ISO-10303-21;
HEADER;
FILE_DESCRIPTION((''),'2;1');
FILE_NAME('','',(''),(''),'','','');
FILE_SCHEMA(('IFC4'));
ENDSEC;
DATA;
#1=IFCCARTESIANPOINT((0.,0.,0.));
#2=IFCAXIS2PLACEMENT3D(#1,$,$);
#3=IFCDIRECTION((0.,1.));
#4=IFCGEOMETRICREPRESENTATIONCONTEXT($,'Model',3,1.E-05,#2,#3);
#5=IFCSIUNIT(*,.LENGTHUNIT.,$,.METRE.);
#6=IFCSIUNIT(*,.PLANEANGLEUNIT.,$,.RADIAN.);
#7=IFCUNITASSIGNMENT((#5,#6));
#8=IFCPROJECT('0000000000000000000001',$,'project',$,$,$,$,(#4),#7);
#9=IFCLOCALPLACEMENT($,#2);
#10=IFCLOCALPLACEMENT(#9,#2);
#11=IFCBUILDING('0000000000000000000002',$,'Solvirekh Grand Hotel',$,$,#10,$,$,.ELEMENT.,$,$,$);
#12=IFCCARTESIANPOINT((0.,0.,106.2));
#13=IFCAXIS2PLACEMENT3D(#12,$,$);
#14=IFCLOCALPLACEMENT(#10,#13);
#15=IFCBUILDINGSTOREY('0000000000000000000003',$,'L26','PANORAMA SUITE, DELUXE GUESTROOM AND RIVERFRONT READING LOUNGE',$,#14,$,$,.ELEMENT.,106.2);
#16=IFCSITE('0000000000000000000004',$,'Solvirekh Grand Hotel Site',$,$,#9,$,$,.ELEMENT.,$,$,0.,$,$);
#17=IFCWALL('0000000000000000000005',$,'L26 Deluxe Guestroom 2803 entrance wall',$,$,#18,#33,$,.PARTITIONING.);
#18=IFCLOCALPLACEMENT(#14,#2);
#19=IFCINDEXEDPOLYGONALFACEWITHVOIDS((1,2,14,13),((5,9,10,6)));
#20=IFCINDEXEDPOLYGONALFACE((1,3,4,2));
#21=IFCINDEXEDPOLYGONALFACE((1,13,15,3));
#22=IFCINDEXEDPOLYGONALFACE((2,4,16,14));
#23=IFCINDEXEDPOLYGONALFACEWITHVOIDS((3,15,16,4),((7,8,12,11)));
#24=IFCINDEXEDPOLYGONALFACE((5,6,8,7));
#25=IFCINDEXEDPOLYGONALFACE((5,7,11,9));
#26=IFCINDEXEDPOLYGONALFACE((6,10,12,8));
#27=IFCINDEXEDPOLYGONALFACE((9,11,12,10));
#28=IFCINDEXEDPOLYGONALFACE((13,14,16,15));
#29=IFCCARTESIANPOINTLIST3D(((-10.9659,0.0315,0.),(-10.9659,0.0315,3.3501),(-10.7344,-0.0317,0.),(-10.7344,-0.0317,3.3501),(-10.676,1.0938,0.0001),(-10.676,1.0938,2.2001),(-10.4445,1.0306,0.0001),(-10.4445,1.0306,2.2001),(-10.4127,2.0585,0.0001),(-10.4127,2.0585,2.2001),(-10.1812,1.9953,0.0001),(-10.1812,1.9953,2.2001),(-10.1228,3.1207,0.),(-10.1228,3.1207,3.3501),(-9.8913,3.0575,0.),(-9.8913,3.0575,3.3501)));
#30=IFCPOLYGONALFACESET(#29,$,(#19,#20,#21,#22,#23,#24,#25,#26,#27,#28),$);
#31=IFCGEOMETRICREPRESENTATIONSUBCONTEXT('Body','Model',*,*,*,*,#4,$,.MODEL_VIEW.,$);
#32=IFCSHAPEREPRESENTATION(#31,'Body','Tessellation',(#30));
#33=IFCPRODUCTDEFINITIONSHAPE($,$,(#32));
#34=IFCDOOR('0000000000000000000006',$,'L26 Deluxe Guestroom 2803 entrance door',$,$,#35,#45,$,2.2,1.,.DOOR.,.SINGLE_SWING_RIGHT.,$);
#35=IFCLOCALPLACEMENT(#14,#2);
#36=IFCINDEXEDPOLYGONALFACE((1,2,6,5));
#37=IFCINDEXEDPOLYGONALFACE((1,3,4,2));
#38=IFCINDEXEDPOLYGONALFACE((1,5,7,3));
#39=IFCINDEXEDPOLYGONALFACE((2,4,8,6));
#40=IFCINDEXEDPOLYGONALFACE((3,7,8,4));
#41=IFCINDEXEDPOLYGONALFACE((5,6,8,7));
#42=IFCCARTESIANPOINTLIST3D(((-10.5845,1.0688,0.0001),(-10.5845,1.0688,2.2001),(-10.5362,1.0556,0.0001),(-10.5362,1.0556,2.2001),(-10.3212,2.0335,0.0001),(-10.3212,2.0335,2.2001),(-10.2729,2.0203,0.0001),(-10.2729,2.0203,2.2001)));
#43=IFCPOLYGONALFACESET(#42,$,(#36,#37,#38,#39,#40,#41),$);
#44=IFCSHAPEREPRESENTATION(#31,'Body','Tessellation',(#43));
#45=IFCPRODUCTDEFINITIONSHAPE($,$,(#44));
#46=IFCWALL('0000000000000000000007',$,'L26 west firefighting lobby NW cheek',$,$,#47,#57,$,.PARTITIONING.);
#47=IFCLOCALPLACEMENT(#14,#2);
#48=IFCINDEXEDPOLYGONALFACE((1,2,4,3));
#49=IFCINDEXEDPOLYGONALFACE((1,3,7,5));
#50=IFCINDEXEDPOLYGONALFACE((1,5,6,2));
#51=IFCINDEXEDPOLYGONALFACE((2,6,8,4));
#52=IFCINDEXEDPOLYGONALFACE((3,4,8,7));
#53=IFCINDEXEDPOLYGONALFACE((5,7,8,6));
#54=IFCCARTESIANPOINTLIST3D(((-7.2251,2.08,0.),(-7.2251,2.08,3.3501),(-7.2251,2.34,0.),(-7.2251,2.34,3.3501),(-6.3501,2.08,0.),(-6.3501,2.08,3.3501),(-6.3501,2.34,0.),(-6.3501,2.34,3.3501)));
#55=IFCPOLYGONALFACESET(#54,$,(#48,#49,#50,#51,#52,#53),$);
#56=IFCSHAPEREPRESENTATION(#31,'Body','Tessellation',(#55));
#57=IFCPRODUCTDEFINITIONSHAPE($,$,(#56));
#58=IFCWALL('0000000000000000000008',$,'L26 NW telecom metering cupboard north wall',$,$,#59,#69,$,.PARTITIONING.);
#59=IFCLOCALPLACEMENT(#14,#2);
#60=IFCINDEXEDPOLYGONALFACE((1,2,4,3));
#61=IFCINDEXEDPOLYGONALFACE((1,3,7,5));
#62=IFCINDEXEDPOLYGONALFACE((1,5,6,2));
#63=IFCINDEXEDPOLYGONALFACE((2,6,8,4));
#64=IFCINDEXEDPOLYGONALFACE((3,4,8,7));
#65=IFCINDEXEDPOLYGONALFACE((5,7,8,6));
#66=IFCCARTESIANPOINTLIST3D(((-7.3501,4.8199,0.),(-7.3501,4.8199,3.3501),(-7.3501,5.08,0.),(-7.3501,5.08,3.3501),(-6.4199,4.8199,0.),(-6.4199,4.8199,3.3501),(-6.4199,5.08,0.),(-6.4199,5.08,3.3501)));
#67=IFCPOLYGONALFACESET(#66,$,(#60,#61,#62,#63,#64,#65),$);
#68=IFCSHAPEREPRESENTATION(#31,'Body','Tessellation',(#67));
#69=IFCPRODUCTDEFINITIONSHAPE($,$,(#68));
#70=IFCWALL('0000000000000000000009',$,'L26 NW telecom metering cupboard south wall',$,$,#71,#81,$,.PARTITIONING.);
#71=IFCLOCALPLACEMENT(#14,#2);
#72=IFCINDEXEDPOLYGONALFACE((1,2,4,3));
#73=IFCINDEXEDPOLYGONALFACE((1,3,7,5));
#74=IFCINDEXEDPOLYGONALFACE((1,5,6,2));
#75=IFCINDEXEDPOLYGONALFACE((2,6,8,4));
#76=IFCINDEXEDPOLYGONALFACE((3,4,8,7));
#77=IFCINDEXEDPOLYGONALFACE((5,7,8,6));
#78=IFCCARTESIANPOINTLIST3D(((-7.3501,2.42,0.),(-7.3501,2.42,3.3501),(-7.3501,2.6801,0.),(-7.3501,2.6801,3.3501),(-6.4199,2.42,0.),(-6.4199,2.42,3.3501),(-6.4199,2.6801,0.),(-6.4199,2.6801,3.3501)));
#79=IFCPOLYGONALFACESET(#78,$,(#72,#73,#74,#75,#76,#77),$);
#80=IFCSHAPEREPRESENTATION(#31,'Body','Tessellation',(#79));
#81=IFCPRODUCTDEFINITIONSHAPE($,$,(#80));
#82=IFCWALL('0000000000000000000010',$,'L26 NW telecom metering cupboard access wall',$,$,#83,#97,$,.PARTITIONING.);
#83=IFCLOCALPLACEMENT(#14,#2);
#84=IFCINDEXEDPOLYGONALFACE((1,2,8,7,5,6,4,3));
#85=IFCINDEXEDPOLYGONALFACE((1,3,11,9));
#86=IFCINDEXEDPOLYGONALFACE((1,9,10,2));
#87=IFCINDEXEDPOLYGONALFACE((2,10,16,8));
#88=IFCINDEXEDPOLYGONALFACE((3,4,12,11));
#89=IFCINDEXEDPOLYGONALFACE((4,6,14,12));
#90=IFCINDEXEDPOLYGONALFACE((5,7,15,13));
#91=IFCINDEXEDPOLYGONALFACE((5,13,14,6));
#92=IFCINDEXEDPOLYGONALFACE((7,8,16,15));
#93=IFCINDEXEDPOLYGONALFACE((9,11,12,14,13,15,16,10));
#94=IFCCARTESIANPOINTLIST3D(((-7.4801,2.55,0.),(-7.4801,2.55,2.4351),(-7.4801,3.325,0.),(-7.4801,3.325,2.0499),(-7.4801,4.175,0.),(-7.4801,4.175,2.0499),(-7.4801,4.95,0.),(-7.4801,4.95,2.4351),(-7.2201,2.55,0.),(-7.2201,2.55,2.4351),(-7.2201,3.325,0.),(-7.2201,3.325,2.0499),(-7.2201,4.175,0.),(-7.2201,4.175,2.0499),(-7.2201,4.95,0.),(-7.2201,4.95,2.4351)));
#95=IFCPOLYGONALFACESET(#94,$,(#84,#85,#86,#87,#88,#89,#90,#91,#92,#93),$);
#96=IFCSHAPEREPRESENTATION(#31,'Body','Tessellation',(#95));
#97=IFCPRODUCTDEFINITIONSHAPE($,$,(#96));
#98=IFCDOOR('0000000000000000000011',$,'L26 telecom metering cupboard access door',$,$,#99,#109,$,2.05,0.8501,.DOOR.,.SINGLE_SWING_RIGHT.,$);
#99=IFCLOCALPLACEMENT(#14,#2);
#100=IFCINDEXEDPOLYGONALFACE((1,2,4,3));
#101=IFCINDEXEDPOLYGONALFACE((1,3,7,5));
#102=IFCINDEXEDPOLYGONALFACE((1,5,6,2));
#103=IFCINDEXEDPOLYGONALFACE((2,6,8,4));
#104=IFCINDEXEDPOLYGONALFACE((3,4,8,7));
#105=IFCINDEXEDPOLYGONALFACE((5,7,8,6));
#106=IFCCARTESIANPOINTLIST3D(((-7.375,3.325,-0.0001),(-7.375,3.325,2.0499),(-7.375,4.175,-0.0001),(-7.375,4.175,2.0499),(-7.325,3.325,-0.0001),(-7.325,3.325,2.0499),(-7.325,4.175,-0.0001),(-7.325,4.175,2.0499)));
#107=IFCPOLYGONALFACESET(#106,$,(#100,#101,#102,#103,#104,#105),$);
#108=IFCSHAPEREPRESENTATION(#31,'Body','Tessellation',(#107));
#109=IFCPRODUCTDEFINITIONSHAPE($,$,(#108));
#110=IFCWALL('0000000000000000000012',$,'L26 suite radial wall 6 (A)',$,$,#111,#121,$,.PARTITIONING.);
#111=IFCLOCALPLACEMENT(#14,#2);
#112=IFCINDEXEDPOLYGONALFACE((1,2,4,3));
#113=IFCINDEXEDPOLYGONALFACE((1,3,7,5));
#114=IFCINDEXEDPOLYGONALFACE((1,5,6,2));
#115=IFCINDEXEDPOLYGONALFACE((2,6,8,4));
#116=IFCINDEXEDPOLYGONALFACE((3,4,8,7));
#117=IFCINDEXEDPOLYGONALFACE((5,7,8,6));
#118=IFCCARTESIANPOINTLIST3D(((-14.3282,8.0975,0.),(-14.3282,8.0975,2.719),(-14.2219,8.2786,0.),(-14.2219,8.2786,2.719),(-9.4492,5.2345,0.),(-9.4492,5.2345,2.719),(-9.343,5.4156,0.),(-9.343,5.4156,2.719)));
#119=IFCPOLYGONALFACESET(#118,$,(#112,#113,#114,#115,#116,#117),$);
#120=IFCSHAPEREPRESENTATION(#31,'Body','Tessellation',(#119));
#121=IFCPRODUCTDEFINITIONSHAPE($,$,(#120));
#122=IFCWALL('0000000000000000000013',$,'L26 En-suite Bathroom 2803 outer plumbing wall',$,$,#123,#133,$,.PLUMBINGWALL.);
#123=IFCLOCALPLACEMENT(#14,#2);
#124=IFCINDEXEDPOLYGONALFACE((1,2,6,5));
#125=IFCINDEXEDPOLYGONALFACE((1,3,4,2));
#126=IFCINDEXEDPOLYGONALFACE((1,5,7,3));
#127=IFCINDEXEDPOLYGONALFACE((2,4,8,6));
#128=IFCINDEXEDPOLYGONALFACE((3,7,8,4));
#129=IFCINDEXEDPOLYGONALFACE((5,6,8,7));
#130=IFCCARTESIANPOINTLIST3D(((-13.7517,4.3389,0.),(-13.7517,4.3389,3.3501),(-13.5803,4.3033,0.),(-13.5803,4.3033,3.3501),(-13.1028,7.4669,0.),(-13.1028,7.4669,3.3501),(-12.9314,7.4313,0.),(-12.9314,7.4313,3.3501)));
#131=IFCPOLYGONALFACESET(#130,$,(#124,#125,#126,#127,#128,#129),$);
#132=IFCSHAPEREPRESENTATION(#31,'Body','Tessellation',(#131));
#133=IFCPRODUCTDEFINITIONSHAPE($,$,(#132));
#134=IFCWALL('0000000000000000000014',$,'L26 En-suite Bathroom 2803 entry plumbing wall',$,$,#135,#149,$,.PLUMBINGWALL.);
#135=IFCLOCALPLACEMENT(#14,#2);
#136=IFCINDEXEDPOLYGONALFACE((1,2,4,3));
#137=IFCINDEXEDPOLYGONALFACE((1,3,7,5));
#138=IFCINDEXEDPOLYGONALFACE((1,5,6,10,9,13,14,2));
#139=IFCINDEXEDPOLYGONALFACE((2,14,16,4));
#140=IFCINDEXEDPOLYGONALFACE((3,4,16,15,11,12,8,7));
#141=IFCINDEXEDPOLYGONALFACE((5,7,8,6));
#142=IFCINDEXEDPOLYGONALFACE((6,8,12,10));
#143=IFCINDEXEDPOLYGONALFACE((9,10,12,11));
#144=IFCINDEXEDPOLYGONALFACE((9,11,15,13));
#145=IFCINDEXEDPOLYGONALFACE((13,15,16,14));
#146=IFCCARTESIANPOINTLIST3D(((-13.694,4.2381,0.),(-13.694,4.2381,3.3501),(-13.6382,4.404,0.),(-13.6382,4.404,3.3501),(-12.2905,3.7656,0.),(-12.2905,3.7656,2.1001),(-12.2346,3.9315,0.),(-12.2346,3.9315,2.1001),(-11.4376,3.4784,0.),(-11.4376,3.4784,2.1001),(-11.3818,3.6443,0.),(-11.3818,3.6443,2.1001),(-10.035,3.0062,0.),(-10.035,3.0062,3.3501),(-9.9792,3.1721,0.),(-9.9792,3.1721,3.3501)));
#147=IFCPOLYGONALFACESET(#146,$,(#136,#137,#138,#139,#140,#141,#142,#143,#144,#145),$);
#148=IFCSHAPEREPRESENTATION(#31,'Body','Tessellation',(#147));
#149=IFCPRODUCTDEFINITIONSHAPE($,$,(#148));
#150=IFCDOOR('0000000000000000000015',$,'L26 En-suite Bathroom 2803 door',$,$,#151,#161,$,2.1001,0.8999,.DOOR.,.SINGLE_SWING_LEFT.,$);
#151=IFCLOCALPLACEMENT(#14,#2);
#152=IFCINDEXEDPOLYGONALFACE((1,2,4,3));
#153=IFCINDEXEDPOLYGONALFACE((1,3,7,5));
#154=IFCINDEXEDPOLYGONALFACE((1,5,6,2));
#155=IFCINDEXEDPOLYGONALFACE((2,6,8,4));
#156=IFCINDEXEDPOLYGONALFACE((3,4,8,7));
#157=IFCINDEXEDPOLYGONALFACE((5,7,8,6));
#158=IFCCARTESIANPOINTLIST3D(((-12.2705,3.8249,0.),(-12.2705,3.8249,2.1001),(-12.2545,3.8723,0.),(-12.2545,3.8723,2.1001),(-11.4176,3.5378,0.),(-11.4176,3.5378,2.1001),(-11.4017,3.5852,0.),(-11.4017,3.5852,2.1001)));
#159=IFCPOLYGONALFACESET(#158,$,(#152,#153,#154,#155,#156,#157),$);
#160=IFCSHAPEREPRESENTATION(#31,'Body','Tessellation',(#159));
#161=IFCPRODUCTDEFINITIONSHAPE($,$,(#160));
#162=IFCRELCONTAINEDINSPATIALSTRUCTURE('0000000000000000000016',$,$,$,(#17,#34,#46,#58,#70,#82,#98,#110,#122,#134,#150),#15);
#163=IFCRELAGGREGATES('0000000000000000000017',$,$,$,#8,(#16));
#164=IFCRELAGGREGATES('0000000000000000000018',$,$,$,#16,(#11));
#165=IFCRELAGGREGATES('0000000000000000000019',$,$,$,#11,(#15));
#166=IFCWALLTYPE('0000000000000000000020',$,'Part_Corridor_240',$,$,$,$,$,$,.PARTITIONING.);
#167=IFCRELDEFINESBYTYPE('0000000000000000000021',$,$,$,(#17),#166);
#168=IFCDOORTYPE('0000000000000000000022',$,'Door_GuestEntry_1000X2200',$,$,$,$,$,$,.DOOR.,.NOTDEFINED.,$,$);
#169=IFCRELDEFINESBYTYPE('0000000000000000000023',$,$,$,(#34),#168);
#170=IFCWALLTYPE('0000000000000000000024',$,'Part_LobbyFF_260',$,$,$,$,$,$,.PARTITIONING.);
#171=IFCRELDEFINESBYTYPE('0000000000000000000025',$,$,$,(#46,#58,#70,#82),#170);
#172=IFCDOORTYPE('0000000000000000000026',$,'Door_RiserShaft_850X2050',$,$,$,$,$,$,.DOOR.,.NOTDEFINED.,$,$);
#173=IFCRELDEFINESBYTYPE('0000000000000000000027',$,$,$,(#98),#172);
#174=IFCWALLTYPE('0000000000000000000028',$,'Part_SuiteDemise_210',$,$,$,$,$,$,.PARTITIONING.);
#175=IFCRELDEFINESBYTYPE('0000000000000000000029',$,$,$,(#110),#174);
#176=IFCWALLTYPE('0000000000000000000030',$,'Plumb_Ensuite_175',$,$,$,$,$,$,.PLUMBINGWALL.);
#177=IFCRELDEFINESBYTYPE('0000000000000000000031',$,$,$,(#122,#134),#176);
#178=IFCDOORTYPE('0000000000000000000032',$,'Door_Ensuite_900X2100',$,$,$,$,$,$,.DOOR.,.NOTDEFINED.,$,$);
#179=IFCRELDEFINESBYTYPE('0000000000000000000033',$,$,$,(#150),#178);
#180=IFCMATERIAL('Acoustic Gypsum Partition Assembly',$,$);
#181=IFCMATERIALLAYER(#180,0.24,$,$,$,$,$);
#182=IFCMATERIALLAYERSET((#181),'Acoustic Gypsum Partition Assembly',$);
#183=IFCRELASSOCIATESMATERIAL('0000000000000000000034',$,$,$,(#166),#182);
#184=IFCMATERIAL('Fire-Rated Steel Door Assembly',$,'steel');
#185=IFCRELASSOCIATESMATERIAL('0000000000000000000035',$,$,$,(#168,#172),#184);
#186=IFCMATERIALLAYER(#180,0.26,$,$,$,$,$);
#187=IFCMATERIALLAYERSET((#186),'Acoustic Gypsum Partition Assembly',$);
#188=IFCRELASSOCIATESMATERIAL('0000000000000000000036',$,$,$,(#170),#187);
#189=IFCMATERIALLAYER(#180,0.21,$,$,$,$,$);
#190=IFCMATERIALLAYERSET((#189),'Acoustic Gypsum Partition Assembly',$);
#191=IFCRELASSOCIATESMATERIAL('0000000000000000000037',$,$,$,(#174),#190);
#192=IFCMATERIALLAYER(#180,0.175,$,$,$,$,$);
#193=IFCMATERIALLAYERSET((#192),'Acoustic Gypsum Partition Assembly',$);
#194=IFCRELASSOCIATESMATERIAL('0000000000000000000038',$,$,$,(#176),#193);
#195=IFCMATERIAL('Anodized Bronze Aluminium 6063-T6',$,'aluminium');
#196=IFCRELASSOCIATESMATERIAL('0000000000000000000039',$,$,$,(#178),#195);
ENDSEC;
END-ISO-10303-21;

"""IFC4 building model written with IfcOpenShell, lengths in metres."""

from ifc_helpers import new_model, si_unit, direction, frame, frame_2d, origin, place, context, subcontext, project, spatial, rectangle, extrude, material, layer, layer_set, type_object, element, fill, save


model = new_model("IFC4")

# Units and contexts
model_context = context("Model", 3, precision=1e-05, world=origin(), true_north=direction((0.0, 1.0)))
body_context = subcontext(model_context, "Body", "Model", "MODEL_VIEW")
ifc_project = project(units=[si_unit("LENGTHUNIT", "METRE"), si_unit("PLANEANGLEUNIT", "RADIAN")], contexts=[model_context])

# Site, building, storey
site_placement = place(None, origin())
site = spatial("IfcSite", under=ifc_project, at=site_placement, Name="Solvirekh Grand Hotel Site", CompositionType="ELEMENT", RefElevation=0.0)
building_placement = place(site_placement, origin())
building = spatial("IfcBuilding", under=site, at=building_placement, Name="Solvirekh Grand Hotel", CompositionType="ELEMENT")
storey_placement = place(building_placement, frame((0.0, 0.0, 106.2)))
storey = spatial("IfcBuildingStorey", under=building, at=storey_placement, Name="L26", Description="PANORAMA SUITE, DELUXE GUESTROOM AND RIVERFRONT READING LOUNGE", CompositionType="ELEMENT", Elevation=106.2)

# Shared definitions
ifc_material_1 = material(Name="Anodized Bronze Aluminium 6063-T6", Category="aluminium")

# Shared definitions
ifc_material_2 = material(Name="Acoustic Gypsum Partition Assembly")
ifc_layer_1 = layer(ifc_material_2, 0.24)
ifc_layer_set_1 = layer_set([ifc_layer_1], Name="Acoustic Gypsum Partition Assembly")
wall_type_1 = type_object("IfcWallType", Name="Part_Corridor_240", PredefinedType="PARTITIONING", material=ifc_layer_set_1)

# Shared definitions
ifc_material_3 = material(Name="Fire-Rated Steel Door Assembly", Category="steel")
door_type_1 = type_object("IfcDoorType", Name="Door_GuestEntry_1000X2200", OperationType="NOTDEFINED", PredefinedType="DOOR", material=ifc_material_3)

# Wall, opening, door
wall_1_placement = place(storey_placement, frame((-10.0071, 3.0891, 0.0), z_axis=(0.0, 0.0, 1.0), x_axis=(-0.263272, -0.964722, 0.0)))
wall_1 = element("IfcWall", 1, at=wall_1_placement, inside=storey, type_object=wall_type_1, Name="L26 Deluxe Guestroom 2803 entrance wall", PredefinedType="PARTITIONING", context=body_context, shape_type="SweptSolid", body=[
    extrude(rectangle(XDim=3.2021, YDim=0.24, at=frame_2d((1.6011, 0.0))), origin(), (0.0, 0.0, 1.0), 3.3501),
])
opening_1_placement = place(wall_1_placement, frame((1.1011, 0.0, 0.0)))
opening_1 = element("IfcOpeningElement", 2, at=opening_1_placement, cuts=wall_1, PredefinedType="OPENING", context=body_context, shape_type="SweptSolid", body=[
    extrude(rectangle(XDim=1.0, YDim=2.2, at=frame_2d((0.5, 1.1001))), frame((0.0, 0.1299, 0.0), z_axis=(0.0, -1.0, 0.0), x_axis=(1.0, 0.0, 0.0)), (0.0, 0.0, 1.0), 0.26),
])
door_1_placement = place(opening_1_placement, origin())
door_1 = element("IfcDoor", 3, at=door_1_placement, inside=storey, type_object=door_type_1, Name="L26 Deluxe Guestroom 2803 entrance door", OperationType="SINGLE_SWING_RIGHT", OverallHeight=2.2, OverallWidth=1.0, PredefinedType="DOOR", context=body_context, shape_type="SweptSolid", body=[
    extrude(rectangle(XDim=1.0, YDim=2.2, at=frame_2d((0.5, 1.1001))), frame((0.0, 0.0249, 0.0), z_axis=(0.0, -1.0, 0.0), x_axis=(1.0, 0.0, 0.0)), (0.0, 0.0, 1.0), 0.05),
])
fill(opening_1, door_1)

# Walls
ifc_layer_2 = layer(ifc_material_2, 0.26)
ifc_layer_set_2 = layer_set([ifc_layer_2], Name="Acoustic Gypsum Partition Assembly")
wall_type_2 = type_object("IfcWallType", Name="Part_LobbyFF_260", PredefinedType="PARTITIONING", material=ifc_layer_set_2)
wall_2_placement = place(storey_placement, frame((-7.2251, 2.21, 0.0), z_axis=(0.0, 0.0, 1.0), x_axis=(1.0, 0.0, 0.0)))
element("IfcWall", 4, at=wall_2_placement, inside=storey, type_object=wall_type_2, Name="L26 west firefighting lobby NW cheek", PredefinedType="PARTITIONING", context=body_context, shape_type="SweptSolid", body=[
    extrude(rectangle(XDim=0.875, YDim=0.26, at=frame_2d((0.4375, 0.0))), origin(), (0.0, 0.0, 1.0), 3.3501),
])
for number, where, z_axis, x_axis, name in (
    (5, (-7.3501, 4.95, 0.0), (0.0, 0.0, 1.0), (1.0, 0.0, 0.0), "L26 NW telecom metering cupboard north wall"),
    (6, (-7.3501, 2.55, 0.0), (0.0, 0.0, 1.0), (1.0, 0.0, 0.0), "L26 NW telecom metering cupboard south wall"),
):
    element("IfcWall", number, at=place(storey_placement, frame(where, z_axis=z_axis, x_axis=x_axis)), inside=storey, type_object=wall_type_2, Name=name, PredefinedType="PARTITIONING", context=body_context, shape_type="SweptSolid", body=[
        extrude(rectangle(XDim=0.9302, YDim=0.26, at=frame_2d((0.4651, 0.0))), origin(), (0.0, 0.0, 1.0), 3.3501),
    ])

# Wall, opening, door
wall_3_placement = place(storey_placement, frame((-7.3501, 2.55, 0.0), z_axis=(0.0, 0.0, 1.0), x_axis=(0.0, 1.0, 0.0)))
wall_3 = element("IfcWall", 7, at=wall_3_placement, inside=storey, type_object=wall_type_2, Name="L26 NW telecom metering cupboard access wall", PredefinedType="PARTITIONING", context=body_context, shape_type="SweptSolid", body=[
    extrude(rectangle(XDim=2.3999, YDim=0.26, at=frame_2d((1.2, 0.0))), origin(), (0.0, 0.0, 1.0), 2.4351),
])
opening_2_placement = place(wall_3_placement, frame((0.7749, 0.0, 0.0)))
opening_2 = element("IfcOpeningElement", 8, at=opening_2_placement, cuts=wall_3, PredefinedType="OPENING", context=body_context, shape_type="SweptSolid", body=[
    extrude(rectangle(XDim=0.8501, YDim=2.05, at=frame_2d((0.425, 1.0249))), frame((0.0, 0.1401, 0.0), z_axis=(0.0, -1.0, 0.0), x_axis=(1.0, 0.0, 0.0)), (0.0, 0.0, 1.0), 0.28),
])
door_type_2 = type_object("IfcDoorType", Name="Door_RiserShaft_850X2050", OperationType="NOTDEFINED", PredefinedType="DOOR", material=ifc_material_3)
door_2_placement = place(opening_2_placement, origin())
door_2 = element("IfcDoor", 9, at=door_2_placement, inside=storey, type_object=door_type_2, Name="L26 telecom metering cupboard access door", OperationType="SINGLE_SWING_RIGHT", OverallHeight=2.05, OverallWidth=0.8501, PredefinedType="DOOR", context=body_context, shape_type="SweptSolid", body=[
    extrude(rectangle(XDim=0.8501, YDim=2.05, at=frame_2d((0.425, 1.0249))), frame((0.0, 0.0249, 0.0), z_axis=(0.0, -1.0, 0.0), x_axis=(1.0, 0.0, 0.0)), (0.0, 0.0, 1.0), 0.05),
])
fill(opening_2, door_2)

# Walls
ifc_layer_3 = layer(ifc_material_2, 0.21)
ifc_layer_set_3 = layer_set([ifc_layer_3], Name="Acoustic Gypsum Partition Assembly")
wall_type_3 = type_object("IfcWallType", Name="Part_SuiteDemise_210", PredefinedType="PARTITIONING", material=ifc_layer_set_3)
wall_4_placement = place(storey_placement, frame((-9.396, 5.325, 0.0), z_axis=(0.0, 0.0, 1.0), x_axis=(-0.862467, 0.506113, 0.0)))
element("IfcWall", 10, at=wall_4_placement, inside=storey, type_object=wall_type_3, Name="L26 suite radial wall 6 (A)", PredefinedType="PARTITIONING", context=body_context, shape_type="SweptSolid", body=[
    extrude(rectangle(XDim=5.657, YDim=0.21, at=frame_2d((2.8286, 0.0))), origin(), (0.0, 0.0, 1.0), 2.719),
])
ifc_layer_4 = layer(ifc_material_2, 0.175)
ifc_layer_set_4 = layer_set([ifc_layer_4], Name="Acoustic Gypsum Partition Assembly")
wall_type_4 = type_object("IfcWallType", Name="Plumb_Ensuite_175", PredefinedType="PLUMBINGWALL", material=ifc_layer_set_4)
wall_5_placement = place(storey_placement, frame((-13.0171, 7.449, 0.0), z_axis=(0.0, 0.0, 1.0), x_axis=(-0.203136, -0.97915, 0.0)))
element("IfcWall", 11, at=wall_5_placement, inside=storey, type_object=wall_type_4, Name="L26 En-suite Bathroom 2803 outer plumbing wall", PredefinedType="PLUMBINGWALL", context=body_context, shape_type="SweptSolid", body=[
    extrude(rectangle(XDim=3.1946, YDim=0.175, at=frame_2d((1.5972, 0.0))), origin(), (0.0, 0.0, 1.0), 3.3501),
])

# Wall, opening, door
wall_6_placement = place(storey_placement, frame((-10.0071, 3.0891, 0.0), z_axis=(0.0, 0.0, 1.0), x_axis=(-0.947724, 0.319091, 0.0)))
wall_6 = element("IfcWall", 12, at=wall_6_placement, inside=storey, type_object=wall_type_4, Name="L26 En-suite Bathroom 2803 entry plumbing wall", PredefinedType="PLUMBINGWALL", context=body_context, shape_type="SweptSolid", body=[
    extrude(rectangle(XDim=3.8608, YDim=0.175, at=frame_2d((1.9304, 0.0))), origin(), (0.0, 0.0, 1.0), 3.3501),
])
opening_3_placement = place(wall_6_placement, frame((1.48, 0.0, 0.0)))
opening_3 = element("IfcOpeningElement", 13, at=opening_3_placement, cuts=wall_6, PredefinedType="OPENING", context=body_context, shape_type="SweptSolid", body=[
    extrude(rectangle(XDim=0.8999, YDim=2.1001, at=frame_2d((0.45, 1.05))), frame((0.0, 0.0977, 0.0), z_axis=(0.0, -1.0, 0.0), x_axis=(1.0, 0.0, 0.0)), (0.0, 0.0, 1.0), 0.1951),
])
door_type_3 = type_object("IfcDoorType", Name="Door_Ensuite_900X2100", OperationType="NOTDEFINED", PredefinedType="DOOR", material=ifc_material_1)
door_3_placement = place(opening_3_placement, origin())
door_3 = element("IfcDoor", 14, at=door_3_placement, inside=storey, type_object=door_type_3, Name="L26 En-suite Bathroom 2803 door", OperationType="SINGLE_SWING_LEFT", OverallHeight=2.1001, OverallWidth=0.8999, PredefinedType="DOOR", context=body_context, shape_type="SweptSolid", body=[
    extrude(rectangle(XDim=0.8999, YDim=2.1001, at=frame_2d((0.45, 1.05))), frame((0.0, 0.0249, 0.0), z_axis=(0.0, -1.0, 0.0), x_axis=(1.0, 0.0, 0.0)), (0.0, 0.0, 1.0), 0.05),
])
fill(opening_3, door_3)

save(model, "model.ifc")
